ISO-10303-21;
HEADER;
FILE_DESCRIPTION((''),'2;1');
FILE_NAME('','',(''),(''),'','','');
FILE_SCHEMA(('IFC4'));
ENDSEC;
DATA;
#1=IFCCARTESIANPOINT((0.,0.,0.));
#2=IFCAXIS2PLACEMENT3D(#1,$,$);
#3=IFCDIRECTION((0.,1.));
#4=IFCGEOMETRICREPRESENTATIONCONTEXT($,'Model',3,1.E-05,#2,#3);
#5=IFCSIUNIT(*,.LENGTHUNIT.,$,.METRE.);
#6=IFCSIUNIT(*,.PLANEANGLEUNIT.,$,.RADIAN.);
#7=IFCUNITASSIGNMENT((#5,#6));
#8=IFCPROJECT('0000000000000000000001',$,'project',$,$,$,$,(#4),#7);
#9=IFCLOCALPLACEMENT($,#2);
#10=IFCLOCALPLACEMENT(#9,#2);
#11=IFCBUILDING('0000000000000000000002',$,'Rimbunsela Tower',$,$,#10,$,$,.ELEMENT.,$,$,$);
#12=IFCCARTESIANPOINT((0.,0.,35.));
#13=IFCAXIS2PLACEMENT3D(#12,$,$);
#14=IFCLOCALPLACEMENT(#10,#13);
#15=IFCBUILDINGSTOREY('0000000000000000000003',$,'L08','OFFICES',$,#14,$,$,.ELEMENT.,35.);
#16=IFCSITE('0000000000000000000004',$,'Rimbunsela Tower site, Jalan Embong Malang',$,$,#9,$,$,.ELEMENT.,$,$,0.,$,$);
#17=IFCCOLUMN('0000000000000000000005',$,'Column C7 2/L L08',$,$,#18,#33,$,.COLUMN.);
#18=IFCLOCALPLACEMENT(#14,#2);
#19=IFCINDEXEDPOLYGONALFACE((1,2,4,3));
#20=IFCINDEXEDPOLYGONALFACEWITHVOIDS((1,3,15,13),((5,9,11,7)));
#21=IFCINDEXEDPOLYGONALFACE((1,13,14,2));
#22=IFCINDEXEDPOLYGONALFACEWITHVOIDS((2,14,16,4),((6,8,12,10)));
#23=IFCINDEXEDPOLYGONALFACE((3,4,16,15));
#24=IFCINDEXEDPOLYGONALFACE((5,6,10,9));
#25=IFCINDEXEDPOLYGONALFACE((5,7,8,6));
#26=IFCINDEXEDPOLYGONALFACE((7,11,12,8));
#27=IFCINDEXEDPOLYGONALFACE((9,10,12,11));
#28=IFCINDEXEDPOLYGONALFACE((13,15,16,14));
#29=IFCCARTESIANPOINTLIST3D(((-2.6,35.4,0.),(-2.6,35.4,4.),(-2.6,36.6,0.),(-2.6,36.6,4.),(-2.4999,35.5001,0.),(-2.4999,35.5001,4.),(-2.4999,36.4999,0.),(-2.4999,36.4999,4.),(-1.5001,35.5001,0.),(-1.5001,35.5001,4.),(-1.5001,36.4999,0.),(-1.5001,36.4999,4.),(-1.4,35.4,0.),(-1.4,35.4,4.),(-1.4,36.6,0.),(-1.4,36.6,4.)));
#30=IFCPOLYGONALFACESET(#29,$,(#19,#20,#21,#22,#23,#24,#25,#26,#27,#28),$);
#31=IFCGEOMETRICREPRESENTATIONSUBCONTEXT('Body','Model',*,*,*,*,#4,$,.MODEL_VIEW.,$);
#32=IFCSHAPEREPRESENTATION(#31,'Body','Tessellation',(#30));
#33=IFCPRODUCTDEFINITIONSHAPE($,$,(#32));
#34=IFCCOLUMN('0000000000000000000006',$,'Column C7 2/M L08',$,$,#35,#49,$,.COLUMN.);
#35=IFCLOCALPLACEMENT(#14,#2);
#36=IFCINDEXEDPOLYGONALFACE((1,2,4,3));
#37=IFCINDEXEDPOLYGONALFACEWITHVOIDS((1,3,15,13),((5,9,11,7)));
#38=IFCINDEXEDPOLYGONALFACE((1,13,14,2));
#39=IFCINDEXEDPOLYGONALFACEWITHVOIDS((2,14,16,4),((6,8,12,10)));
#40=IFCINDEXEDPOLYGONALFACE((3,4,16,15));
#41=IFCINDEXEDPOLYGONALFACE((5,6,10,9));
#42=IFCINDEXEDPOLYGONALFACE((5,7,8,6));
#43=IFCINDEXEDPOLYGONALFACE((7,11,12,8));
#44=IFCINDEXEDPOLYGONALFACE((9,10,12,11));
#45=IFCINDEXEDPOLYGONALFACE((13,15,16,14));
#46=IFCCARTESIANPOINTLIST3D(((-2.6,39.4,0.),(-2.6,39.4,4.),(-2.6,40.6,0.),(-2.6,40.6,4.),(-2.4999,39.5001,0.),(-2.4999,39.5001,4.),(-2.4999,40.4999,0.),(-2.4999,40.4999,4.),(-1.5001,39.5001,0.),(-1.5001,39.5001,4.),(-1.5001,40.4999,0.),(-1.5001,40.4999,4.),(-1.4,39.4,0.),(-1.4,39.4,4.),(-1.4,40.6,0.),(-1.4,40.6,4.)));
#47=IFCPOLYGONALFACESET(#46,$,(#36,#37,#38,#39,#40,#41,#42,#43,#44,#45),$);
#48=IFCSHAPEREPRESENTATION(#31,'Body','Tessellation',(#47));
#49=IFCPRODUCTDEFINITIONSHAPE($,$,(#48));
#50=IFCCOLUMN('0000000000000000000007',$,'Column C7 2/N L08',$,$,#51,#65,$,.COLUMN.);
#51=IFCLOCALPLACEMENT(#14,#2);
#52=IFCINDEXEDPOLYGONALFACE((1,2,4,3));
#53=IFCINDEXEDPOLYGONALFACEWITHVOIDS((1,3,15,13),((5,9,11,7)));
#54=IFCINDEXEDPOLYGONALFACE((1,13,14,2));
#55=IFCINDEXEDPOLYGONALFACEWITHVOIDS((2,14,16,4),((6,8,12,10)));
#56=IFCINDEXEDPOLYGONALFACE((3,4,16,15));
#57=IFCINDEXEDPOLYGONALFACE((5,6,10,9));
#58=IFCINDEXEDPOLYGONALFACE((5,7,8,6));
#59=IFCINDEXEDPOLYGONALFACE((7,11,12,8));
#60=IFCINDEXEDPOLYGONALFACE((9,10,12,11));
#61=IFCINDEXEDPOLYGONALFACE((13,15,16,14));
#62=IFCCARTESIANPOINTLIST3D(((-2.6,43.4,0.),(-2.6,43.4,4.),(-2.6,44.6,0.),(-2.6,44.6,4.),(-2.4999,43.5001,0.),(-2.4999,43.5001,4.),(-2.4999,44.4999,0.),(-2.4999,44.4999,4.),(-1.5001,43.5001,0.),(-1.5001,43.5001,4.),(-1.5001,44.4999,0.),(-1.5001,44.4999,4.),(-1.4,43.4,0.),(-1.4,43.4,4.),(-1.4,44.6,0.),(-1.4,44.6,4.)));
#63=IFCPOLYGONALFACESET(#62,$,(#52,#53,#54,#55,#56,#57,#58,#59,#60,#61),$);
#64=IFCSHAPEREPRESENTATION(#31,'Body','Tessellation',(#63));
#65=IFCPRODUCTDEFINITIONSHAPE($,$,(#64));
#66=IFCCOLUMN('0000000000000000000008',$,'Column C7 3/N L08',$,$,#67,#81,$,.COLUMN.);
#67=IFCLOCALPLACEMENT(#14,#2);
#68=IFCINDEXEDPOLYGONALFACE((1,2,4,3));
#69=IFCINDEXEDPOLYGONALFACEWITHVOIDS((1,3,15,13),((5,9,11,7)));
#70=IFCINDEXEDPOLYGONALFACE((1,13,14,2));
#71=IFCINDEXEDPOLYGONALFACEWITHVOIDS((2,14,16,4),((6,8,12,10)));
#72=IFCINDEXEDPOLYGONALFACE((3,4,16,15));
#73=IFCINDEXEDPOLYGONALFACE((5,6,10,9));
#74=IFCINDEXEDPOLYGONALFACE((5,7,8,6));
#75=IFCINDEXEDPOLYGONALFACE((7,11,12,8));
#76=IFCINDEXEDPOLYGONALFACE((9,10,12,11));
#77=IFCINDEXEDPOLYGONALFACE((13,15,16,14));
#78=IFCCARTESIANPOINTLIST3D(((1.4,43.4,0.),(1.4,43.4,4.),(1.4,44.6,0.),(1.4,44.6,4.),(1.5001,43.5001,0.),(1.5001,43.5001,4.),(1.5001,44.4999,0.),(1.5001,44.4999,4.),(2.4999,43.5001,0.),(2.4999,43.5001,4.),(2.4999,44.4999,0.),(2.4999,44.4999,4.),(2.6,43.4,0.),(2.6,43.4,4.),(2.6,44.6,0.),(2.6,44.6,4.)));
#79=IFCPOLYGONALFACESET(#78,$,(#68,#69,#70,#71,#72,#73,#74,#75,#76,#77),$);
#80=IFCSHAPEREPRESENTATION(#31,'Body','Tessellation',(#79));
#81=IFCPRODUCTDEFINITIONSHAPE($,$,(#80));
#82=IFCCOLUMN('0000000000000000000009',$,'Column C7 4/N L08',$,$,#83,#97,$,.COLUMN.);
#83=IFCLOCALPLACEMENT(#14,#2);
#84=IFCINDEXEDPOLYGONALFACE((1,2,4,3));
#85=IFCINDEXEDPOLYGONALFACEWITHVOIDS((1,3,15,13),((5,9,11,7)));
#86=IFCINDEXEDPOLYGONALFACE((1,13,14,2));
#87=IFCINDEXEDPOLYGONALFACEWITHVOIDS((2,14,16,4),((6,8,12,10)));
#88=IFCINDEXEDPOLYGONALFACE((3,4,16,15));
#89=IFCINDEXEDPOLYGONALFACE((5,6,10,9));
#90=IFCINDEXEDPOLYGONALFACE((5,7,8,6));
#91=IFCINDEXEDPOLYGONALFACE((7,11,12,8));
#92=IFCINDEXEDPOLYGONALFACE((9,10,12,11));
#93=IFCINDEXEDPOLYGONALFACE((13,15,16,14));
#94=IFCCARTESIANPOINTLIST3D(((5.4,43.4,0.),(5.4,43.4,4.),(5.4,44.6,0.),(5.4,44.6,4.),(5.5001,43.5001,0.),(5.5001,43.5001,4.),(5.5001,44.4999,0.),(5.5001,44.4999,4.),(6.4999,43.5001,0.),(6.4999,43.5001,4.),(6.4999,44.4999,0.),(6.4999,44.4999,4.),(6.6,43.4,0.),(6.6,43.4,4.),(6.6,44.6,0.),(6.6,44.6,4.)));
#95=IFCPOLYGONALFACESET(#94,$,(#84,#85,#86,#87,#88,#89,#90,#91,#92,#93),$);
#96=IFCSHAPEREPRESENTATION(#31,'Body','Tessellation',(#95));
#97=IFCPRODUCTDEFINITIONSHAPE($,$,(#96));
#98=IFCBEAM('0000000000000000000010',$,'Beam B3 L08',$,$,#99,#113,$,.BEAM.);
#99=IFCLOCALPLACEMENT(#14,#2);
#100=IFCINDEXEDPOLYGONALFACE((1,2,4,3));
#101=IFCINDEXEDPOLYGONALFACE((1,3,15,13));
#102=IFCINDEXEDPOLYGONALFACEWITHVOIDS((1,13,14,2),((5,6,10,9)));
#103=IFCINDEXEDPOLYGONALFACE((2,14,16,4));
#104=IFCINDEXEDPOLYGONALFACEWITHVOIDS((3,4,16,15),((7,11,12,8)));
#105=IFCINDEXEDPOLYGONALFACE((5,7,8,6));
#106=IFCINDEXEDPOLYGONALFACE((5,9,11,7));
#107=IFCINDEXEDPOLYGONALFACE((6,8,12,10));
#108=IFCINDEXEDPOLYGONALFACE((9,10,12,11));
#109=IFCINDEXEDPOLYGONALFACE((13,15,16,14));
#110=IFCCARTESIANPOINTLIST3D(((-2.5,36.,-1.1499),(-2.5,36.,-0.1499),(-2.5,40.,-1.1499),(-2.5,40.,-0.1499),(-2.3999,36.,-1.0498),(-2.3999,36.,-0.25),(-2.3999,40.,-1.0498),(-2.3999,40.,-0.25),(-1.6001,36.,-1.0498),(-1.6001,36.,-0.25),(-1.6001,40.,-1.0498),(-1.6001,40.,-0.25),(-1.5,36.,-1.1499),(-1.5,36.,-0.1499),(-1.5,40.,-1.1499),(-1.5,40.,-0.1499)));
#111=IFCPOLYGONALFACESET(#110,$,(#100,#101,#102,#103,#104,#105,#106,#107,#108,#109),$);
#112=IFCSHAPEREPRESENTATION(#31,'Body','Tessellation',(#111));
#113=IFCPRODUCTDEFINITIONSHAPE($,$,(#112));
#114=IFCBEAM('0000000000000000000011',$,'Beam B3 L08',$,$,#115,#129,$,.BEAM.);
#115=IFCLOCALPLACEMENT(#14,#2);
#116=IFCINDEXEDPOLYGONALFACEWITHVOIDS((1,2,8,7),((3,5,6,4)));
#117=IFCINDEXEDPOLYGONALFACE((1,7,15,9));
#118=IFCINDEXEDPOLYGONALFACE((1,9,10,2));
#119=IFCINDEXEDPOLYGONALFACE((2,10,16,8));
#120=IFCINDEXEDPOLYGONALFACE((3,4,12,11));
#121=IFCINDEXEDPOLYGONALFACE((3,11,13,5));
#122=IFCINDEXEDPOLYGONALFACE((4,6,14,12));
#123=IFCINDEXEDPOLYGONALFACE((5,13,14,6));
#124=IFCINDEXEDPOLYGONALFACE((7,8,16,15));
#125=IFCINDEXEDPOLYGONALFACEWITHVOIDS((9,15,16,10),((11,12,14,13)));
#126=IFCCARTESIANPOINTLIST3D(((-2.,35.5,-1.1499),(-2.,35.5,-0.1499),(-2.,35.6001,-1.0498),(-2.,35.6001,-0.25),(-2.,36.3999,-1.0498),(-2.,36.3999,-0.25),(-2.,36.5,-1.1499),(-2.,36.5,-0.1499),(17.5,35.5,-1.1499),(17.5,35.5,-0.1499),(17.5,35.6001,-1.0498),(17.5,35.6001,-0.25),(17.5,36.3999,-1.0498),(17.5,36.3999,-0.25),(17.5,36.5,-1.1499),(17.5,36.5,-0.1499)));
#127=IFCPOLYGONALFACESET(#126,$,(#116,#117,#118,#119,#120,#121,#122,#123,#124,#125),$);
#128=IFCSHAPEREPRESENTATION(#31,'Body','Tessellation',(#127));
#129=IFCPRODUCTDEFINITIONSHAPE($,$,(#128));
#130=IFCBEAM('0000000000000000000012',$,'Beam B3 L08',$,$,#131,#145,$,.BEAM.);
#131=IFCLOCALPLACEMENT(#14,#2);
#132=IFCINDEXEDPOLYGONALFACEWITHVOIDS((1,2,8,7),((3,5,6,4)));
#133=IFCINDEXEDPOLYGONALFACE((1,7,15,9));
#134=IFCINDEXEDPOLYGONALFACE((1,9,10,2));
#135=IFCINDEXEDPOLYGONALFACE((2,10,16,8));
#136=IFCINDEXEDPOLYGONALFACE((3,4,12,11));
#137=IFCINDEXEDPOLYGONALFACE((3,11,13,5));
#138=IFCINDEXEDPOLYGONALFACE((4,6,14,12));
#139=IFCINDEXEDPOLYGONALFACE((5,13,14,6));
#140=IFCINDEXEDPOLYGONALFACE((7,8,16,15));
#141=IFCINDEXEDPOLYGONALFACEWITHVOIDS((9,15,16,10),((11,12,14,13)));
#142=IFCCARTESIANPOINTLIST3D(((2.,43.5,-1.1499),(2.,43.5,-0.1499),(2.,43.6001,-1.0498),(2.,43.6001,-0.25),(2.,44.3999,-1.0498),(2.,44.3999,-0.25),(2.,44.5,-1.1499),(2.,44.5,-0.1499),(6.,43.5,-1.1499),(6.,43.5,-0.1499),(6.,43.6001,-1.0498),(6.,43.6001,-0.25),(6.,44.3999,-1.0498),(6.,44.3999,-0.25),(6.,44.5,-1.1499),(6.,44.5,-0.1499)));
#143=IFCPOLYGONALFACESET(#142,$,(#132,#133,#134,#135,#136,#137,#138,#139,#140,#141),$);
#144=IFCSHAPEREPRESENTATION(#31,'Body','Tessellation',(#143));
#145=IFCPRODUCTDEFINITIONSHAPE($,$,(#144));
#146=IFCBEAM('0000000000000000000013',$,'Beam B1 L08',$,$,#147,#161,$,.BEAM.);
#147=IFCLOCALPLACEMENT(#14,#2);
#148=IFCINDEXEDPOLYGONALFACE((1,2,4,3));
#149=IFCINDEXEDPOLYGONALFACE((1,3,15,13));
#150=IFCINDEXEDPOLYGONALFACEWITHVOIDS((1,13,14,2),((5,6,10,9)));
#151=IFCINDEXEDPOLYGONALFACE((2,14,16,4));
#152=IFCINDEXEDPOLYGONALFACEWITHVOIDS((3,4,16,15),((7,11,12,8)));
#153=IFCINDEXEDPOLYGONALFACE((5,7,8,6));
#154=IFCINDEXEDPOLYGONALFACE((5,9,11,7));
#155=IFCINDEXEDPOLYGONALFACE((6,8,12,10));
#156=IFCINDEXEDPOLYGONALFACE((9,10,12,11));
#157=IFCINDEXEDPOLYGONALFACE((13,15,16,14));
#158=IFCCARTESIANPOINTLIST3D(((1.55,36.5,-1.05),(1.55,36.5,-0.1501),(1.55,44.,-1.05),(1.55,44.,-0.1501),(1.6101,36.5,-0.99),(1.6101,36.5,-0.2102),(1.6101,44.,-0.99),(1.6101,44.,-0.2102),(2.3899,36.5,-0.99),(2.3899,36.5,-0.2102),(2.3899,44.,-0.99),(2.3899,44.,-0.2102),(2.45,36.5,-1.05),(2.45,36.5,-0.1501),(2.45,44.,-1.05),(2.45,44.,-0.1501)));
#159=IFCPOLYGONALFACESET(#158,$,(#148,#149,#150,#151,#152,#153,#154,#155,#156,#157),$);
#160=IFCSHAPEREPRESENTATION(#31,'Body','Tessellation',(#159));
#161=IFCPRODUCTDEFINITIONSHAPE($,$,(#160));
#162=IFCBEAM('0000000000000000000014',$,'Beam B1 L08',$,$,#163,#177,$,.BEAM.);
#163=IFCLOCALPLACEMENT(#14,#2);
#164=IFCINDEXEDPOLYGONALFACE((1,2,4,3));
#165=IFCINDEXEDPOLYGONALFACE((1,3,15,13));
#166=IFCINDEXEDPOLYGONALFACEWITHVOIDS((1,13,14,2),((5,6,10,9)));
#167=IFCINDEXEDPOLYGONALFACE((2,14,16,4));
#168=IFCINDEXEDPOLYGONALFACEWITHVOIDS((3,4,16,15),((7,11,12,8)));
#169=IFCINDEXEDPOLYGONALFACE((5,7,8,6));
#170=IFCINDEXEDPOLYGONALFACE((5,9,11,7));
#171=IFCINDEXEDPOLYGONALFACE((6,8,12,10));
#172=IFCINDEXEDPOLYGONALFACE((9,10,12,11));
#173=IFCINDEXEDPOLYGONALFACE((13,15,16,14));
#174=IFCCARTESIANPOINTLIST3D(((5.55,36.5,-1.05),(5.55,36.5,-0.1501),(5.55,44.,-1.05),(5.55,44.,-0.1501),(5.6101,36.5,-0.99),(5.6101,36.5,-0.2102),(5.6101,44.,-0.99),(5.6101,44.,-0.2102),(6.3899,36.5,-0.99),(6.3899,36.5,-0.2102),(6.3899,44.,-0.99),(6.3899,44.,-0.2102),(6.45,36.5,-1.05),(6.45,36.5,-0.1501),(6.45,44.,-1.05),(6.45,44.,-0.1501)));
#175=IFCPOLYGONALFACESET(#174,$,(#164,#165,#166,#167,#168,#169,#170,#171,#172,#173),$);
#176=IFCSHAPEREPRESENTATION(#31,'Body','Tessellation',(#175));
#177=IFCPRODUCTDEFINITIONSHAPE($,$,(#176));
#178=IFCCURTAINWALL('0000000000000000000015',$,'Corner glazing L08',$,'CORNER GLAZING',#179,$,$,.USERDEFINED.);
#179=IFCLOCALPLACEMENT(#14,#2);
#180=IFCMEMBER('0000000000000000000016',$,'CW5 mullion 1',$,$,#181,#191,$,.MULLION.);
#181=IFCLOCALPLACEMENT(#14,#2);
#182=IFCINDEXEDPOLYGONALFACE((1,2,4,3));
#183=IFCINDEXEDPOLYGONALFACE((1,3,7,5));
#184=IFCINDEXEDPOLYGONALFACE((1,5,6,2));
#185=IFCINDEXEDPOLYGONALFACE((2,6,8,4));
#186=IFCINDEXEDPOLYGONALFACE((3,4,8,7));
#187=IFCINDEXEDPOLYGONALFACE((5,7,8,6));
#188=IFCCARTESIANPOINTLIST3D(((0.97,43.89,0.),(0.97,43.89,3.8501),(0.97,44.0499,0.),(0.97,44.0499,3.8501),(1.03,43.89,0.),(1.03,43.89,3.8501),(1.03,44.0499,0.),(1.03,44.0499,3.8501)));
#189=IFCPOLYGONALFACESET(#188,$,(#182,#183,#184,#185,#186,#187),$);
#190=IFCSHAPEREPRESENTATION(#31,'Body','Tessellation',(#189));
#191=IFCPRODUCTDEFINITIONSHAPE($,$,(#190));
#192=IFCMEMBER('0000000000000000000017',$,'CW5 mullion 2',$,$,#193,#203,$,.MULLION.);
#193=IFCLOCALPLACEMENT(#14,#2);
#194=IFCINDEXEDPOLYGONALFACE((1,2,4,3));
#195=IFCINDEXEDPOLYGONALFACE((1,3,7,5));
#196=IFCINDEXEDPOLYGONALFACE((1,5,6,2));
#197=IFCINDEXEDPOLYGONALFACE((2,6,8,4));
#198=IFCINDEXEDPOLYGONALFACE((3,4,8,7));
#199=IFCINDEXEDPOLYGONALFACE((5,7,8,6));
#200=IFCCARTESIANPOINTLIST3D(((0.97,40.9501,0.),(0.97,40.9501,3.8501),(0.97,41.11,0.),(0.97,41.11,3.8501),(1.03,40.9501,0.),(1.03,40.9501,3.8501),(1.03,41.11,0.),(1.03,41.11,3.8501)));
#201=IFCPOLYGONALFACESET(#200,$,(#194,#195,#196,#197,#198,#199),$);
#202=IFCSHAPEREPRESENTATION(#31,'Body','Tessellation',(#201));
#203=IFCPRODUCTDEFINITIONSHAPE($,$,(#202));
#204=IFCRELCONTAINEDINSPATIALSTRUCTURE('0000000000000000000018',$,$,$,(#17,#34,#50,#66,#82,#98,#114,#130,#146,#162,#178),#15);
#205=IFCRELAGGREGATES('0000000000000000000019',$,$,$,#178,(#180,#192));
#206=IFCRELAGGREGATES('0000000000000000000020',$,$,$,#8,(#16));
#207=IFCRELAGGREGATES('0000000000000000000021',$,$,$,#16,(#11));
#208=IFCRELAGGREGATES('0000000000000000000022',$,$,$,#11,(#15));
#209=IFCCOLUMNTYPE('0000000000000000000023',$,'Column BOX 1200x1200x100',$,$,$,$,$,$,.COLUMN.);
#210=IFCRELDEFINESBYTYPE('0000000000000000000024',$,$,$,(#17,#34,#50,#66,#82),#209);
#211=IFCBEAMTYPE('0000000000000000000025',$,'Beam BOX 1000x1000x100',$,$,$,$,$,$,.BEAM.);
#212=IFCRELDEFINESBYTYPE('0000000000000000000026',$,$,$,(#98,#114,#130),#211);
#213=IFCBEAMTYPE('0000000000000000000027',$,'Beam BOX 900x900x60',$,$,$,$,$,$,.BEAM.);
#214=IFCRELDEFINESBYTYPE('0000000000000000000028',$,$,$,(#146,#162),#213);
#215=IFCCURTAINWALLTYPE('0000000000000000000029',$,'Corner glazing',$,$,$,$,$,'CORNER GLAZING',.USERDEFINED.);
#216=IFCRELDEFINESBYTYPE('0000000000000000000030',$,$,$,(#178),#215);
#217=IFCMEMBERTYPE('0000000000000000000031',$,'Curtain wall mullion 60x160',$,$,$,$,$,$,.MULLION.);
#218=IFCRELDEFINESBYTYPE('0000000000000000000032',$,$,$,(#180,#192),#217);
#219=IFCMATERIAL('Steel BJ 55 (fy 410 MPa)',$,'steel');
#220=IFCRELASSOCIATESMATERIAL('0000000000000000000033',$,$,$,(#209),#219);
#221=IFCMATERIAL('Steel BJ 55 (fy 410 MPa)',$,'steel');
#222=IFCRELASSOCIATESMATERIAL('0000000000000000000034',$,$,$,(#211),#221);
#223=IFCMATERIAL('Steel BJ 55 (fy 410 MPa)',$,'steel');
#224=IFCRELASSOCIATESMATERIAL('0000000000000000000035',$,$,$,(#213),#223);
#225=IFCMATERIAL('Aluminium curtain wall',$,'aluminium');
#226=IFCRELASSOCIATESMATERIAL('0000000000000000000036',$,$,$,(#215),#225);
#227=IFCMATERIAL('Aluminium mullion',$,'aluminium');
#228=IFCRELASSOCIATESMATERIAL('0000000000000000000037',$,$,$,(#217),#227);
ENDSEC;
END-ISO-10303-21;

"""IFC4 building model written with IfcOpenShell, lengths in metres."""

from ifc_helpers import new_model, si_unit, direction, frame, origin, origin_2d, place, context, subcontext, project, spatial, rectangle, hollow_rectangle, extrude, material, material_profile, profile_set, type_object, element, aggregate, save


model = new_model("IFC4")

# Units and contexts
model_context = context("Model", 3, precision=1e-05, world=origin(), true_north=direction((0.0, 1.0)))
body_context = subcontext(model_context, "Body", "Model", "MODEL_VIEW")
ifc_project = project(units=[si_unit("LENGTHUNIT", "METRE"), si_unit("PLANEANGLEUNIT", "RADIAN")], contexts=[model_context])

# Site, building, storey
site_placement = place(None, origin())
site = spatial("IfcSite", under=ifc_project, at=site_placement, Name="Rimbunsela Tower site, Jalan Embong Malang", CompositionType="ELEMENT", RefElevation=0.0)
building_placement = place(site_placement, origin())
building = spatial("IfcBuilding", under=site, at=building_placement, Name="Rimbunsela Tower", CompositionType="ELEMENT")
storey_placement = place(building_placement, frame((0.0, 0.0, 35.0)))
storey = spatial("IfcBuildingStorey", under=building, at=storey_placement, Name="L08", Description="OFFICES", CompositionType="ELEMENT", Elevation=35.0)

# Columns
ifc_material_1 = material(Name="Steel BJ 55 (fy 410 MPa)", Category="steel")
ifc_material_profile_1 = material_profile(ifc_material_1, hollow_rectangle(XDim=1.2, YDim=1.2, WallThickness=0.1001, at=origin_2d()), Name="BOX 1200x1200x100")
ifc_profile_set_1 = profile_set([ifc_material_profile_1], Name="Steel BJ 55 (fy 410 MPa)")
column_type = type_object("IfcColumnType", Name="Column BOX 1200x1200x100", PredefinedType="COLUMN", material=ifc_profile_set_1)
for number, where, z_axis, x_axis, name in (
    (1, (-2.0, 36.0, 0.0), (0.0, 0.0, 1.0), (1.0, 0.0, 0.0), "Column C7 2/L L08"),
    (2, (-2.0, 40.0, 0.0), (0.0, 0.0, 1.0), (1.0, 0.0, 0.0), "Column C7 2/M L08"),
    (3, (-2.0, 44.0, 0.0), (0.0, 0.0, 1.0), (1.0, 0.0, 0.0), "Column C7 2/N L08"),
    (4, (2.0, 44.0, 0.0), (0.0, 0.0, 1.0), (1.0, 0.0, 0.0), "Column C7 3/N L08"),
    (5, (6.0, 44.0, 0.0), (0.0, 0.0, 1.0), (1.0, 0.0, 0.0), "Column C7 4/N L08"),
):
    element("IfcColumn", number, at=place(storey_placement, frame(where, z_axis=z_axis, x_axis=x_axis)), inside=storey, type_object=column_type, Name=name, PredefinedType="COLUMN", context=body_context, shape_type="SweptSolid", body=[
        extrude(hollow_rectangle(XDim=1.2, YDim=1.2, WallThickness=0.1001, at=origin_2d()), origin(), (0.0, 0.0, 1.0), 4.0),
    ])

# Beams
ifc_material_2 = material(Name="Steel BJ 55 (fy 410 MPa)", Category="steel")
ifc_material_profile_2 = material_profile(ifc_material_2, hollow_rectangle(XDim=1.0, YDim=1.0, WallThickness=0.1001, at=origin_2d()), Name="BOX 1000x1000x100")
ifc_profile_set_2 = profile_set([ifc_material_profile_2], Name="Steel BJ 55 (fy 410 MPa)")
beam_type_1 = type_object("IfcBeamType", Name="Beam BOX 1000x1000x100", PredefinedType="BEAM", material=ifc_profile_set_2)
beam_1_placement = place(storey_placement, frame((-2.0, 36.0, -0.6499), z_axis=(0.0, 1.0, 0.0), x_axis=(-1.0, 0.0, 0.0)))
element("IfcBeam", 6, at=beam_1_placement, inside=storey, type_object=beam_type_1, Name="Beam B3 L08", PredefinedType="BEAM", context=body_context, shape_type="SweptSolid", body=[
    extrude(hollow_rectangle(XDim=1.0, YDim=1.0, WallThickness=0.1001, at=origin_2d()), origin(), (0.0, 0.0, 1.0), 4.0),
])
beam_2_placement = place(storey_placement, frame((-2.0, 36.0, -0.6499), z_axis=(1.0, 0.0, 0.0), x_axis=(0.0, 1.0, 0.0)))
element("IfcBeam", 7, at=beam_2_placement, inside=storey, type_object=beam_type_1, Name="Beam B3 L08", PredefinedType="BEAM", context=body_context, shape_type="SweptSolid", body=[
    extrude(hollow_rectangle(XDim=1.0, YDim=1.0, WallThickness=0.1001, at=origin_2d()), origin(), (0.0, 0.0, 1.0), 19.5),
])
beam_3_placement = place(storey_placement, frame((2.0, 44.0, -0.6499), z_axis=(1.0, 0.0, 0.0), x_axis=(0.0, 1.0, 0.0)))
element("IfcBeam", 8, at=beam_3_placement, inside=storey, type_object=beam_type_1, Name="Beam B3 L08", PredefinedType="BEAM", context=body_context, shape_type="SweptSolid", body=[
    extrude(hollow_rectangle(XDim=1.0, YDim=1.0, WallThickness=0.1001, at=origin_2d()), origin(), (0.0, 0.0, 1.0), 4.0),
])
ifc_material_3 = material(Name="Steel BJ 55 (fy 410 MPa)", Category="steel")
ifc_material_profile_3 = material_profile(ifc_material_3, hollow_rectangle(XDim=0.8999, YDim=0.8999, WallThickness=0.0601, at=origin_2d()), Name="BOX 900x900x60")
ifc_profile_set_3 = profile_set([ifc_material_profile_3], Name="Steel BJ 55 (fy 410 MPa)")
beam_type_2 = type_object("IfcBeamType", Name="Beam BOX 900x900x60", PredefinedType="BEAM", material=ifc_profile_set_3)
for number, where, z_axis, x_axis, name in (
    (9, (2.0, 36.5, -0.6001), (0.0, 1.0, 0.0), (-1.0, 0.0, 0.0), "Beam B1 L08"),
    (10, (6.0, 36.5, -0.6001), (0.0, 1.0, 0.0), (-1.0, 0.0, 0.0), "Beam B1 L08"),
):
    element("IfcBeam", number, at=place(storey_placement, frame(where, z_axis=z_axis, x_axis=x_axis)), inside=storey, type_object=beam_type_2, Name=name, PredefinedType="BEAM", context=body_context, shape_type="SweptSolid", body=[
        extrude(hollow_rectangle(XDim=0.8999, YDim=0.8999, WallThickness=0.0601, at=origin_2d()), origin(), (0.0, 0.0, 1.0), 7.5),
    ])

# Curtain wall, members
ifc_material_4 = material(Name="Aluminium curtain wall", Category="aluminium")
curtain_wall_type = type_object("IfcCurtainWallType", Name="Corner glazing", ElementType="CORNER GLAZING", PredefinedType="USERDEFINED", material=ifc_material_4)
curtain_wall_1_placement = place(storey_placement, origin())
curtain_wall_1 = element("IfcCurtainWall", 11, at=curtain_wall_1_placement, inside=storey, type_object=curtain_wall_type, Name="Corner glazing L08", ObjectType="CORNER GLAZING", PredefinedType="USERDEFINED")
ifc_material_5 = material(Name="Aluminium mullion", Category="aluminium")
ifc_material_profile_4 = material_profile(ifc_material_5, rectangle(XDim=0.0601, YDim=0.1599, at=origin_2d()), Name="Mullion 60x160")
ifc_profile_set_4 = profile_set([ifc_material_profile_4], Name="Aluminium mullion")
member_type_1 = type_object("IfcMemberType", Name="Curtain wall mullion 60x160", PredefinedType="MULLION", material=ifc_profile_set_4)
member_1_placement = place(storey_placement, frame((1.0, 43.97, 0.0), z_axis=(0.0, 0.0, 1.0), x_axis=(1.0, 0.0, 0.0)))
member_1 = element("IfcMember", 12, at=member_1_placement, type_object=member_type_1, Name="CW5 mullion 1", PredefinedType="MULLION", context=body_context, shape_type="SweptSolid", body=[
    extrude(rectangle(XDim=0.0601, YDim=0.1599, at=origin_2d()), origin(), (0.0, 0.0, 1.0), 3.8501),
])
member_2_placement = place(storey_placement, frame((1.0, 41.03, 0.0), z_axis=(0.0, 0.0, 1.0), x_axis=(1.0, 0.0, 0.0)))
member_2 = element("IfcMember", 13, at=member_2_placement, type_object=member_type_1, Name="CW5 mullion 2", PredefinedType="MULLION", context=body_context, shape_type="SweptSolid", body=[
    extrude(rectangle(XDim=0.0601, YDim=0.1599, at=origin_2d()), origin(), (0.0, 0.0, 1.0), 3.8501),
])

aggregate(curtain_wall_1, [member_1, member_2])

save(model, "model.ifc")
